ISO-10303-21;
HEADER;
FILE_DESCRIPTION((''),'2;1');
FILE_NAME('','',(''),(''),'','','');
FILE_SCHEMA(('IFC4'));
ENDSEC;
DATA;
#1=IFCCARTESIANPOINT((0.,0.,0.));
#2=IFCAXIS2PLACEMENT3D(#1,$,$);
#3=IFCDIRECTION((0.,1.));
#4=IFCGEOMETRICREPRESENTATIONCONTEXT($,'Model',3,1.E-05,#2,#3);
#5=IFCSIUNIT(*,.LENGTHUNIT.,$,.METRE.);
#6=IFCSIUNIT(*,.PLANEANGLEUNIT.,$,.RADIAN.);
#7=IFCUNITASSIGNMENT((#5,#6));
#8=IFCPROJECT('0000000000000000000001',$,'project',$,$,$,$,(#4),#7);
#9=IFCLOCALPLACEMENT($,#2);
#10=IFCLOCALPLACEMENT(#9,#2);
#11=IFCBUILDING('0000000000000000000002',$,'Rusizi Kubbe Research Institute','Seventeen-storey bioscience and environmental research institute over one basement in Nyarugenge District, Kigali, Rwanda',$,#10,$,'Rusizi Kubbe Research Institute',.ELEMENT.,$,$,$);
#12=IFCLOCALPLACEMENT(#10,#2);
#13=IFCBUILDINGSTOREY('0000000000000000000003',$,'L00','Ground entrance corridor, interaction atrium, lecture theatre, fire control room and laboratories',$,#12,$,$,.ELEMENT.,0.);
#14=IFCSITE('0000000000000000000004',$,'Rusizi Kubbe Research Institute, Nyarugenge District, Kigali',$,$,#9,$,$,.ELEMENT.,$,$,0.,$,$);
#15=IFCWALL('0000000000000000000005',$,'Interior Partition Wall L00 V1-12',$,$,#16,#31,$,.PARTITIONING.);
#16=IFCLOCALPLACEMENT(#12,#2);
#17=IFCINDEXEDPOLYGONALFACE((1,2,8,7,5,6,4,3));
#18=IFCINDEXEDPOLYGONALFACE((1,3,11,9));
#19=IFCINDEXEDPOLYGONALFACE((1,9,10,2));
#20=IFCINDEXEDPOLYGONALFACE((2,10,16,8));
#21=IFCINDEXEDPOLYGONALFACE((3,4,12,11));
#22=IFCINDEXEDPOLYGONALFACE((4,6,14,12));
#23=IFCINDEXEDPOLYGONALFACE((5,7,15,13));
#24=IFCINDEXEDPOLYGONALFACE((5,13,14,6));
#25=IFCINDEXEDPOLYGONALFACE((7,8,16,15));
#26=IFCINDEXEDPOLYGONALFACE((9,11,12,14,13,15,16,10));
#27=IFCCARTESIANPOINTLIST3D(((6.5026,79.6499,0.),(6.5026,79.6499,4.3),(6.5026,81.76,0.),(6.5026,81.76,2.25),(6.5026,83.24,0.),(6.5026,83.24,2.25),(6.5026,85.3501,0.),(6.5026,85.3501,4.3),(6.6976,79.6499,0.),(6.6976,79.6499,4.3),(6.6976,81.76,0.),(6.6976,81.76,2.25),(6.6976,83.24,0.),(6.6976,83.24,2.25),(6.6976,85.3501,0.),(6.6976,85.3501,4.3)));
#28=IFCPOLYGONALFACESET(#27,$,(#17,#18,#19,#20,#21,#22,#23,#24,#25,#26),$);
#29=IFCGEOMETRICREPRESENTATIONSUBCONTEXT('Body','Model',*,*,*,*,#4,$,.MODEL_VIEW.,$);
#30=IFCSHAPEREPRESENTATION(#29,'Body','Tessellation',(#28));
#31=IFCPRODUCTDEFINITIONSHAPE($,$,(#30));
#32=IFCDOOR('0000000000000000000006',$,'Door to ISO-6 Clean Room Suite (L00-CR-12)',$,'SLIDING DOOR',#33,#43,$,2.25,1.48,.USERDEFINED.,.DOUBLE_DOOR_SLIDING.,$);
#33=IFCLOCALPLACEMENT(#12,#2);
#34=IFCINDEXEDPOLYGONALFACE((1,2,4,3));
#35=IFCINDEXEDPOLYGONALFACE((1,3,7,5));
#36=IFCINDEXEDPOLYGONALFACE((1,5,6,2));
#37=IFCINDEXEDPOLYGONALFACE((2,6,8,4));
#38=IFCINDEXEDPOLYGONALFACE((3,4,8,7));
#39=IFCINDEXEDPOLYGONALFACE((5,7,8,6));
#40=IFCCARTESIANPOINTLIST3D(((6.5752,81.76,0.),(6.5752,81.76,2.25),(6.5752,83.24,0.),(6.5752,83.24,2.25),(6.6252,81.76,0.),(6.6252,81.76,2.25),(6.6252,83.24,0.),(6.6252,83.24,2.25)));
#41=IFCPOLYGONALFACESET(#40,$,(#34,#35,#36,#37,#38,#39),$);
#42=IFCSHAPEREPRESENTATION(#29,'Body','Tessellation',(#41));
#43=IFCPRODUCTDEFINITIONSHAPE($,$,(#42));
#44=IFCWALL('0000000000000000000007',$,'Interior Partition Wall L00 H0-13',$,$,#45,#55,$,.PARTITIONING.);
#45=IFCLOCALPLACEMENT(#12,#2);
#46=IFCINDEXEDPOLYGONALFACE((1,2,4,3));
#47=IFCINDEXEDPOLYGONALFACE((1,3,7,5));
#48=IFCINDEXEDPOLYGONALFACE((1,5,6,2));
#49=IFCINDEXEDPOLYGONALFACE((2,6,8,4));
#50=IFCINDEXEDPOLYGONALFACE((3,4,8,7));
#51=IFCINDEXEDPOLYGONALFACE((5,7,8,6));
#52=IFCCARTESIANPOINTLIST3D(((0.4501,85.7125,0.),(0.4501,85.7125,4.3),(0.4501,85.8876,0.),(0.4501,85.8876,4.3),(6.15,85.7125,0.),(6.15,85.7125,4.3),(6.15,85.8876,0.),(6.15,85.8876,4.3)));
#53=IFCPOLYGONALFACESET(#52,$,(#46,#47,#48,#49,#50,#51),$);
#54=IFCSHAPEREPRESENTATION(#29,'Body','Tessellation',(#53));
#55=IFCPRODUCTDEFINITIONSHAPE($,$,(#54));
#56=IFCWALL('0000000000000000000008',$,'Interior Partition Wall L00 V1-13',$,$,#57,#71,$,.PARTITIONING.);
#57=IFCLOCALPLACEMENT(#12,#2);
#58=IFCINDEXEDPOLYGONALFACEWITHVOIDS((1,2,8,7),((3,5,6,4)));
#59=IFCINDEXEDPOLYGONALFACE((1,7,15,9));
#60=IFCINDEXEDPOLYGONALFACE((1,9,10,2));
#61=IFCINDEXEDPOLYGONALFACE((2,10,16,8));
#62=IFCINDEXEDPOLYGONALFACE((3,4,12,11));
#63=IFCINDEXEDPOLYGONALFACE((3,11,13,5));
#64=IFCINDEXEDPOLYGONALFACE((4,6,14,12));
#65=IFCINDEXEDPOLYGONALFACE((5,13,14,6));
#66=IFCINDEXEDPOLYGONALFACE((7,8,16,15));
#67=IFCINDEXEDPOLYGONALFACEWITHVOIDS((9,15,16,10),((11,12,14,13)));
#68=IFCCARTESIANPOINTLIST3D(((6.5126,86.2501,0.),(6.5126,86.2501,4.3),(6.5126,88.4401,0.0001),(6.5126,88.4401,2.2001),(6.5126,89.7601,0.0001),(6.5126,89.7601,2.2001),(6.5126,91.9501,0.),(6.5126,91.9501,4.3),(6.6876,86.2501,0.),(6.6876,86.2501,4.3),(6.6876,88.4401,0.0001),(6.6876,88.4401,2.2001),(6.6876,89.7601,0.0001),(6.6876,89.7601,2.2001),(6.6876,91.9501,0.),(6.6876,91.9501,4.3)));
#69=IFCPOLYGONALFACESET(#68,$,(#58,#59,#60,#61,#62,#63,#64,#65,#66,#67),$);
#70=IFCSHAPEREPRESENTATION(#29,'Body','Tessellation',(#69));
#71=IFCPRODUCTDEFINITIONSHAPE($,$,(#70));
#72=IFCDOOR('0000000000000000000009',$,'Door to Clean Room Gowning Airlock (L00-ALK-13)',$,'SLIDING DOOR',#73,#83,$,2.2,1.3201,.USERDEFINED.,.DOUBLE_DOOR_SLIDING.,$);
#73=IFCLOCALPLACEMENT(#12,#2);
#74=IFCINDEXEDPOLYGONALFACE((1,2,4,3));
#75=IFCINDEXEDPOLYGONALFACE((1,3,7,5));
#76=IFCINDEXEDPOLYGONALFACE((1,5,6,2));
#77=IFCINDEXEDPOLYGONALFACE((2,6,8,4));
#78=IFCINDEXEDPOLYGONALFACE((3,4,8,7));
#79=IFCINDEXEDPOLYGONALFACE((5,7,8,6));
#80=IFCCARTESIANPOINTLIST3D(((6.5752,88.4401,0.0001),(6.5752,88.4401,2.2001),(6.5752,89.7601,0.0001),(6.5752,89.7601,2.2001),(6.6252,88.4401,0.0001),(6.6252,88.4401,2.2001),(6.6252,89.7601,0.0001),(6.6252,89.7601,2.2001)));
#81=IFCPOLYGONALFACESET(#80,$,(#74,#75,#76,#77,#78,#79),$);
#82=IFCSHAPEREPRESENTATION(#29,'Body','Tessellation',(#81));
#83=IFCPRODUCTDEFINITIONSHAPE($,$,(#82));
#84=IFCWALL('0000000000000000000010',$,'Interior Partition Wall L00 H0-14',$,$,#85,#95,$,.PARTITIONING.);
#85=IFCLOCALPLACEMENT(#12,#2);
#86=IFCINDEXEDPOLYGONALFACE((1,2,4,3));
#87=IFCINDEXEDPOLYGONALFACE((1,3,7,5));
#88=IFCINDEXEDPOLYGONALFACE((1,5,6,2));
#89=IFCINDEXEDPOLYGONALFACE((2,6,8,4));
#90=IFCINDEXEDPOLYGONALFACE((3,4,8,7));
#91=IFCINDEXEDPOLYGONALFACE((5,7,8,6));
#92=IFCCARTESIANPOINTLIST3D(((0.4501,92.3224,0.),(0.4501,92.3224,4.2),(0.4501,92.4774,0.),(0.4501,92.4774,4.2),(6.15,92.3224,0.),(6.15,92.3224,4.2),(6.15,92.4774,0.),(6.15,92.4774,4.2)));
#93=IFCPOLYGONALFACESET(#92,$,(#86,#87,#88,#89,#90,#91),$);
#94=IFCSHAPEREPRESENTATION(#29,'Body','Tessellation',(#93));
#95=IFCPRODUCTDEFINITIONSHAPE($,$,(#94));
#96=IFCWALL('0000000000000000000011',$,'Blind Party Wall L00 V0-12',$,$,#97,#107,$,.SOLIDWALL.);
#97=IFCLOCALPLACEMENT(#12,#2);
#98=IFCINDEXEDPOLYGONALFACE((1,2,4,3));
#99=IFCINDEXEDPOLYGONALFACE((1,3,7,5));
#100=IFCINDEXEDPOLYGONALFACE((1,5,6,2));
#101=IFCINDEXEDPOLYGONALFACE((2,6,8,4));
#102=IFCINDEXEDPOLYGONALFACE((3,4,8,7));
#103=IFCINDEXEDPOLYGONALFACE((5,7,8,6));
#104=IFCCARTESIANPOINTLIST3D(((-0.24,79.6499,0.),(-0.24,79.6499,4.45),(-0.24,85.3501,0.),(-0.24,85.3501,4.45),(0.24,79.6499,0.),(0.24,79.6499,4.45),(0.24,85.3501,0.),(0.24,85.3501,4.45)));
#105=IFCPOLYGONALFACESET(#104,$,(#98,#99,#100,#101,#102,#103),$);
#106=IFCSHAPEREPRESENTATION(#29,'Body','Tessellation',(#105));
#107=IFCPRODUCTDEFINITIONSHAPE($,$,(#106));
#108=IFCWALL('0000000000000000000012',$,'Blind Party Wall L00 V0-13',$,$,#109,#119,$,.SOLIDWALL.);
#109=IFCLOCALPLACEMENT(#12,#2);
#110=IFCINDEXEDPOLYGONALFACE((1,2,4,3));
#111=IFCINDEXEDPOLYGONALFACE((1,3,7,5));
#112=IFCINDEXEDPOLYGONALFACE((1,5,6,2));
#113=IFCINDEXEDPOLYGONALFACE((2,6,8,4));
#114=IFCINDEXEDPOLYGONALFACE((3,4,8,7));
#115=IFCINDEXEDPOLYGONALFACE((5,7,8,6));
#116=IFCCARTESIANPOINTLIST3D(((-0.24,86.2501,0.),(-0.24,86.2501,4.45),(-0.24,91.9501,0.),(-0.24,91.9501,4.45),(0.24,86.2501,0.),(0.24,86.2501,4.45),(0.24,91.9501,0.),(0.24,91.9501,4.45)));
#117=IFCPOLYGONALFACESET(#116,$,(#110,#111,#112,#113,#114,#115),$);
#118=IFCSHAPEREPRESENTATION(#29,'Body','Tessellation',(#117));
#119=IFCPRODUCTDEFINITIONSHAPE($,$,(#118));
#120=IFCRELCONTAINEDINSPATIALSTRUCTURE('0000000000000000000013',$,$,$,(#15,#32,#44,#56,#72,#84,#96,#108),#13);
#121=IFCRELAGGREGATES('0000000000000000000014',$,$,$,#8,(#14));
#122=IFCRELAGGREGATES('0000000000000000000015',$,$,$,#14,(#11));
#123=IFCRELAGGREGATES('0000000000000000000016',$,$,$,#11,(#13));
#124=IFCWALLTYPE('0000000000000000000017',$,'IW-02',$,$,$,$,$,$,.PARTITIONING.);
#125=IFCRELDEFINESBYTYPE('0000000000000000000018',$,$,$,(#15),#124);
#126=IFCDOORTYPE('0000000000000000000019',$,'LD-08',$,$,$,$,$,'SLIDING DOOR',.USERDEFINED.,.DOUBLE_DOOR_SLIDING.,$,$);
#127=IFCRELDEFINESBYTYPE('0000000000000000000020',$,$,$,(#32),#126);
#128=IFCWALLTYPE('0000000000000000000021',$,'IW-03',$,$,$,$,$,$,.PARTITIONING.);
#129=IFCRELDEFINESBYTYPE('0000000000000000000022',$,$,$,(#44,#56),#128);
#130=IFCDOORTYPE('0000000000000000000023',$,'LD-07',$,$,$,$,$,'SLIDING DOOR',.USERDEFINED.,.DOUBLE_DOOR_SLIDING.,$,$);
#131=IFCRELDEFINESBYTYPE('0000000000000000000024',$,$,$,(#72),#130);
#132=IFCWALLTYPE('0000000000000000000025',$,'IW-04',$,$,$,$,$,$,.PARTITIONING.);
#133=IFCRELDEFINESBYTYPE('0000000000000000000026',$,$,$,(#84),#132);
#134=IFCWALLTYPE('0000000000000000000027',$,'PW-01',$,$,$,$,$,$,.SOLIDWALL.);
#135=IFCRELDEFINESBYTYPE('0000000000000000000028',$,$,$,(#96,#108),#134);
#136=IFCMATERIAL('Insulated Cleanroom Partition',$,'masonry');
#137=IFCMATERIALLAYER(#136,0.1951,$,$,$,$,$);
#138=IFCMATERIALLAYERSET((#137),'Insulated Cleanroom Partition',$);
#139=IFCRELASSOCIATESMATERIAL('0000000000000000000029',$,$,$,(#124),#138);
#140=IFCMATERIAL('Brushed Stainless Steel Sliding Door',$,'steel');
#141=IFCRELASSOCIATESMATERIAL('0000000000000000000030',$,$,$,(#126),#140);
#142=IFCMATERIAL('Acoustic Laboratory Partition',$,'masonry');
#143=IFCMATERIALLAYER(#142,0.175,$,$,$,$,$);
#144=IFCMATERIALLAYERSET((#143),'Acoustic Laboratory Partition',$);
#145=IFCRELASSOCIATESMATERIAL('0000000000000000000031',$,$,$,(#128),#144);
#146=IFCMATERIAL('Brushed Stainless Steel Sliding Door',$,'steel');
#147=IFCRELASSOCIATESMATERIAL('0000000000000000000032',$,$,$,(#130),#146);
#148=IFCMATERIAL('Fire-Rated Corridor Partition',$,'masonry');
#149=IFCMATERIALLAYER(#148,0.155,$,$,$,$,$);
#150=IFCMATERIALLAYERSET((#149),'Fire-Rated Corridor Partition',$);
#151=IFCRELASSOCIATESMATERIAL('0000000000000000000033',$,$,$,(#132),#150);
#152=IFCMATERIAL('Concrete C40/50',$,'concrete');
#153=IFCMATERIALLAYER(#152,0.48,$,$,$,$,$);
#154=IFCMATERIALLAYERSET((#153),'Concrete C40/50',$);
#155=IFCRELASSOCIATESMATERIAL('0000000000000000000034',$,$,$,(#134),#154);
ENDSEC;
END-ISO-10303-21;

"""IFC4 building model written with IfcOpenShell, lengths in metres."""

from ifc_helpers import new_model, si_unit, direction, frame, frame_2d, origin, place, context, subcontext, project, spatial, rectangle, extrude, material, layer, layer_set, type_object, element, fill, save


model = new_model("IFC4")

# Units and contexts
model_context = context("Model", 3, precision=1e-05, world=origin(), true_north=direction((0.0, 1.0)))
body_context = subcontext(model_context, "Body", "Model", "MODEL_VIEW")
ifc_project = project(units=[si_unit("LENGTHUNIT", "METRE"), si_unit("PLANEANGLEUNIT", "RADIAN")], contexts=[model_context])

# Site, building, storey
site_placement = place(None, origin())
site = spatial("IfcSite", under=ifc_project, at=site_placement, Name="Rusizi Kubbe Research Institute, Nyarugenge District, Kigali", CompositionType="ELEMENT", RefElevation=0.0)
building_placement = place(site_placement, origin())
building = spatial("IfcBuilding", under=site, at=building_placement, Name="Rusizi Kubbe Research Institute", Description="Seventeen-storey bioscience and environmental research institute over one basement in Nyarugenge District, Kigali, Rwanda", LongName="Rusizi Kubbe Research Institute", CompositionType="ELEMENT")
storey_placement = place(building_placement, origin())
storey = spatial("IfcBuildingStorey", under=building, at=storey_placement, Name="L00", Description="Ground entrance corridor, interaction atrium, lecture theatre, fire control room and laboratories", CompositionType="ELEMENT", Elevation=0.0)

# Wall, opening, door
ifc_material_1 = material(Name="Insulated Cleanroom Partition", Category="masonry")
ifc_layer_1 = layer(ifc_material_1, 0.1951)
ifc_layer_set_1 = layer_set([ifc_layer_1], Name="Insulated Cleanroom Partition")
wall_type_1 = type_object("IfcWallType", Name="IW-02", PredefinedType="PARTITIONING", material=ifc_layer_set_1)
wall_1_placement = place(storey_placement, frame((6.6001, 79.6499, 0.0), z_axis=(0.0, 0.0, 1.0), x_axis=(0.0, 1.0, 0.0)))
wall_1 = element("IfcWall", 1, at=wall_1_placement, inside=storey, type_object=wall_type_1, Name="Interior Partition Wall L00 V1-12", PredefinedType="PARTITIONING", context=body_context, shape_type="SweptSolid", body=[
    extrude(rectangle(XDim=5.7002, YDim=0.1951, at=frame_2d((2.8501, 0.0))), origin(), (0.0, 0.0, 1.0), 4.3),
])
opening_1_placement = place(wall_1_placement, frame((2.1101, 0.0, 0.0)))
opening_1 = element("IfcOpeningElement", 2, at=opening_1_placement, cuts=wall_1, PredefinedType="OPENING", context=body_context, shape_type="SweptSolid", body=[
    extrude(rectangle(XDim=1.48, YDim=2.25, at=frame_2d((0.74, 1.125))), frame((0.0, 0.1074, 0.0), z_axis=(0.0, -1.0, 0.0), x_axis=(1.0, 0.0, 0.0)), (0.0, 0.0, 1.0), 0.2151),
])
ifc_material_2 = material(Name="Brushed Stainless Steel Sliding Door", Category="steel")
door_type_1 = type_object("IfcDoorType", Name="LD-08", ElementType="SLIDING DOOR", OperationType="DOUBLE_DOOR_SLIDING", PredefinedType="USERDEFINED", material=ifc_material_2)
door_1_placement = place(opening_1_placement, origin())
door_1 = element("IfcDoor", 3, at=door_1_placement, inside=storey, type_object=door_type_1, Name="Door to ISO-6 Clean Room Suite (L00-CR-12)", ObjectType="SLIDING DOOR", OperationType="DOUBLE_DOOR_SLIDING", OverallHeight=2.25, OverallWidth=1.48, PredefinedType="USERDEFINED", context=body_context, shape_type="SweptSolid", body=[
    extrude(rectangle(XDim=1.48, YDim=2.25, at=frame_2d((0.74, 1.125))), frame((0.0, 0.0249, 0.0), z_axis=(0.0, -1.0, 0.0), x_axis=(1.0, 0.0, 0.0)), (0.0, 0.0, 1.0), 0.05),
])
fill(opening_1, door_1)

# Wall
ifc_material_3 = material(Name="Acoustic Laboratory Partition", Category="masonry")
ifc_layer_2 = layer(ifc_material_3, 0.175)
ifc_layer_set_2 = layer_set([ifc_layer_2], Name="Acoustic Laboratory Partition")
wall_type_2 = type_object("IfcWallType", Name="IW-03", PredefinedType="PARTITIONING", material=ifc_layer_set_2)
wall_2_placement = place(storey_placement, frame((0.45, 85.8, 0.0), z_axis=(0.0, 0.0, 1.0), x_axis=(1.0, 0.0, 0.0)))
element("IfcWall", 4, at=wall_2_placement, inside=storey, type_object=wall_type_2, Name="Interior Partition Wall L00 H0-13", PredefinedType="PARTITIONING", context=body_context, shape_type="SweptSolid", body=[
    extrude(rectangle(XDim=5.7, YDim=0.175, at=frame_2d((2.8501, 0.0))), origin(), (0.0, 0.0, 1.0), 4.3),
])

# Wall, opening, door
wall_3_placement = place(storey_placement, frame((6.6001, 86.25, 0.0), z_axis=(0.0, 0.0, 1.0), x_axis=(0.0, 1.0, 0.0)))
wall_3 = element("IfcWall", 5, at=wall_3_placement, inside=storey, type_object=wall_type_2, Name="Interior Partition Wall L00 V1-13", PredefinedType="PARTITIONING", context=body_context, shape_type="SweptSolid", body=[
    extrude(rectangle(XDim=5.7, YDim=0.175, at=frame_2d((2.8501, 0.0))), origin(), (0.0, 0.0, 1.0), 4.3),
])
opening_2_placement = place(wall_3_placement, frame((2.1899, 0.0, 0.0)))
opening_2 = element("IfcOpeningElement", 6, at=opening_2_placement, cuts=wall_3, PredefinedType="OPENING", context=body_context, shape_type="SweptSolid", body=[
    extrude(rectangle(XDim=1.3201, YDim=2.2, at=frame_2d((0.6602, 1.1001))), frame((0.0, 0.0974, 0.0), z_axis=(0.0, -1.0, 0.0), x_axis=(1.0, 0.0, 0.0)), (0.0, 0.0, 1.0), 0.1951),
])
ifc_material_4 = material(Name="Brushed Stainless Steel Sliding Door", Category="steel")
door_type_2 = type_object("IfcDoorType", Name="LD-07", ElementType="SLIDING DOOR", OperationType="DOUBLE_DOOR_SLIDING", PredefinedType="USERDEFINED", material=ifc_material_4)
door_2_placement = place(opening_2_placement, origin())
door_2 = element("IfcDoor", 7, at=door_2_placement, inside=storey, type_object=door_type_2, Name="Door to Clean Room Gowning Airlock (L00-ALK-13)", ObjectType="SLIDING DOOR", OperationType="DOUBLE_DOOR_SLIDING", OverallHeight=2.2, OverallWidth=1.3201, PredefinedType="USERDEFINED", context=body_context, shape_type="SweptSolid", body=[
    extrude(rectangle(XDim=1.3201, YDim=2.2, at=frame_2d((0.6602, 1.1001))), frame((0.0, 0.0249, 0.0), z_axis=(0.0, -1.0, 0.0), x_axis=(1.0, 0.0, 0.0)), (0.0, 0.0, 1.0), 0.05),
])
fill(opening_2, door_2)

# Walls
ifc_material_5 = material(Name="Fire-Rated Corridor Partition", Category="masonry")
ifc_layer_3 = layer(ifc_material_5, 0.155)
ifc_layer_set_3 = layer_set([ifc_layer_3], Name="Fire-Rated Corridor Partition")
wall_type_3 = type_object("IfcWallType", Name="IW-04", PredefinedType="PARTITIONING", material=ifc_layer_set_3)
wall_4_placement = place(storey_placement, frame((0.45, 92.3999, 0.0), z_axis=(0.0, 0.0, 1.0), x_axis=(1.0, 0.0, 0.0)))
element("IfcWall", 8, at=wall_4_placement, inside=storey, type_object=wall_type_3, Name="Interior Partition Wall L00 H0-14", PredefinedType="PARTITIONING", context=body_context, shape_type="SweptSolid", body=[
    extrude(rectangle(XDim=5.7, YDim=0.155, at=frame_2d((2.8501, 0.0))), origin(), (0.0, 0.0, 1.0), 4.2),
])
ifc_material_6 = material(Name="Concrete C40/50", Category="concrete")
ifc_layer_4 = layer(ifc_material_6, 0.48)
ifc_layer_set_4 = layer_set([ifc_layer_4], Name="Concrete C40/50")
wall_type_4 = type_object("IfcWallType", Name="PW-01", PredefinedType="SOLIDWALL", material=ifc_layer_set_4)
wall_5_placement = place(storey_placement, frame((0.0, 79.6499, 0.0), z_axis=(0.0, 0.0, 1.0), x_axis=(0.0, 1.0, 0.0)))
element("IfcWall", 9, at=wall_5_placement, inside=storey, type_object=wall_type_4, Name="Blind Party Wall L00 V0-12", PredefinedType="SOLIDWALL", context=body_context, shape_type="SweptSolid", body=[
    extrude(rectangle(XDim=5.7002, YDim=0.48, at=frame_2d((2.8501, 0.0))), origin(), (0.0, 0.0, 1.0), 4.45),
])
wall_6_placement = place(storey_placement, frame((0.0, 86.25, 0.0), z_axis=(0.0, 0.0, 1.0), x_axis=(0.0, 1.0, 0.0)))
element("IfcWall", 10, at=wall_6_placement, inside=storey, type_object=wall_type_4, Name="Blind Party Wall L00 V0-13", PredefinedType="SOLIDWALL", context=body_context, shape_type="SweptSolid", body=[
    extrude(rectangle(XDim=5.7, YDim=0.48, at=frame_2d((2.8501, 0.0))), origin(), (0.0, 0.0, 1.0), 4.45),
])

save(model, "model.ifc")
